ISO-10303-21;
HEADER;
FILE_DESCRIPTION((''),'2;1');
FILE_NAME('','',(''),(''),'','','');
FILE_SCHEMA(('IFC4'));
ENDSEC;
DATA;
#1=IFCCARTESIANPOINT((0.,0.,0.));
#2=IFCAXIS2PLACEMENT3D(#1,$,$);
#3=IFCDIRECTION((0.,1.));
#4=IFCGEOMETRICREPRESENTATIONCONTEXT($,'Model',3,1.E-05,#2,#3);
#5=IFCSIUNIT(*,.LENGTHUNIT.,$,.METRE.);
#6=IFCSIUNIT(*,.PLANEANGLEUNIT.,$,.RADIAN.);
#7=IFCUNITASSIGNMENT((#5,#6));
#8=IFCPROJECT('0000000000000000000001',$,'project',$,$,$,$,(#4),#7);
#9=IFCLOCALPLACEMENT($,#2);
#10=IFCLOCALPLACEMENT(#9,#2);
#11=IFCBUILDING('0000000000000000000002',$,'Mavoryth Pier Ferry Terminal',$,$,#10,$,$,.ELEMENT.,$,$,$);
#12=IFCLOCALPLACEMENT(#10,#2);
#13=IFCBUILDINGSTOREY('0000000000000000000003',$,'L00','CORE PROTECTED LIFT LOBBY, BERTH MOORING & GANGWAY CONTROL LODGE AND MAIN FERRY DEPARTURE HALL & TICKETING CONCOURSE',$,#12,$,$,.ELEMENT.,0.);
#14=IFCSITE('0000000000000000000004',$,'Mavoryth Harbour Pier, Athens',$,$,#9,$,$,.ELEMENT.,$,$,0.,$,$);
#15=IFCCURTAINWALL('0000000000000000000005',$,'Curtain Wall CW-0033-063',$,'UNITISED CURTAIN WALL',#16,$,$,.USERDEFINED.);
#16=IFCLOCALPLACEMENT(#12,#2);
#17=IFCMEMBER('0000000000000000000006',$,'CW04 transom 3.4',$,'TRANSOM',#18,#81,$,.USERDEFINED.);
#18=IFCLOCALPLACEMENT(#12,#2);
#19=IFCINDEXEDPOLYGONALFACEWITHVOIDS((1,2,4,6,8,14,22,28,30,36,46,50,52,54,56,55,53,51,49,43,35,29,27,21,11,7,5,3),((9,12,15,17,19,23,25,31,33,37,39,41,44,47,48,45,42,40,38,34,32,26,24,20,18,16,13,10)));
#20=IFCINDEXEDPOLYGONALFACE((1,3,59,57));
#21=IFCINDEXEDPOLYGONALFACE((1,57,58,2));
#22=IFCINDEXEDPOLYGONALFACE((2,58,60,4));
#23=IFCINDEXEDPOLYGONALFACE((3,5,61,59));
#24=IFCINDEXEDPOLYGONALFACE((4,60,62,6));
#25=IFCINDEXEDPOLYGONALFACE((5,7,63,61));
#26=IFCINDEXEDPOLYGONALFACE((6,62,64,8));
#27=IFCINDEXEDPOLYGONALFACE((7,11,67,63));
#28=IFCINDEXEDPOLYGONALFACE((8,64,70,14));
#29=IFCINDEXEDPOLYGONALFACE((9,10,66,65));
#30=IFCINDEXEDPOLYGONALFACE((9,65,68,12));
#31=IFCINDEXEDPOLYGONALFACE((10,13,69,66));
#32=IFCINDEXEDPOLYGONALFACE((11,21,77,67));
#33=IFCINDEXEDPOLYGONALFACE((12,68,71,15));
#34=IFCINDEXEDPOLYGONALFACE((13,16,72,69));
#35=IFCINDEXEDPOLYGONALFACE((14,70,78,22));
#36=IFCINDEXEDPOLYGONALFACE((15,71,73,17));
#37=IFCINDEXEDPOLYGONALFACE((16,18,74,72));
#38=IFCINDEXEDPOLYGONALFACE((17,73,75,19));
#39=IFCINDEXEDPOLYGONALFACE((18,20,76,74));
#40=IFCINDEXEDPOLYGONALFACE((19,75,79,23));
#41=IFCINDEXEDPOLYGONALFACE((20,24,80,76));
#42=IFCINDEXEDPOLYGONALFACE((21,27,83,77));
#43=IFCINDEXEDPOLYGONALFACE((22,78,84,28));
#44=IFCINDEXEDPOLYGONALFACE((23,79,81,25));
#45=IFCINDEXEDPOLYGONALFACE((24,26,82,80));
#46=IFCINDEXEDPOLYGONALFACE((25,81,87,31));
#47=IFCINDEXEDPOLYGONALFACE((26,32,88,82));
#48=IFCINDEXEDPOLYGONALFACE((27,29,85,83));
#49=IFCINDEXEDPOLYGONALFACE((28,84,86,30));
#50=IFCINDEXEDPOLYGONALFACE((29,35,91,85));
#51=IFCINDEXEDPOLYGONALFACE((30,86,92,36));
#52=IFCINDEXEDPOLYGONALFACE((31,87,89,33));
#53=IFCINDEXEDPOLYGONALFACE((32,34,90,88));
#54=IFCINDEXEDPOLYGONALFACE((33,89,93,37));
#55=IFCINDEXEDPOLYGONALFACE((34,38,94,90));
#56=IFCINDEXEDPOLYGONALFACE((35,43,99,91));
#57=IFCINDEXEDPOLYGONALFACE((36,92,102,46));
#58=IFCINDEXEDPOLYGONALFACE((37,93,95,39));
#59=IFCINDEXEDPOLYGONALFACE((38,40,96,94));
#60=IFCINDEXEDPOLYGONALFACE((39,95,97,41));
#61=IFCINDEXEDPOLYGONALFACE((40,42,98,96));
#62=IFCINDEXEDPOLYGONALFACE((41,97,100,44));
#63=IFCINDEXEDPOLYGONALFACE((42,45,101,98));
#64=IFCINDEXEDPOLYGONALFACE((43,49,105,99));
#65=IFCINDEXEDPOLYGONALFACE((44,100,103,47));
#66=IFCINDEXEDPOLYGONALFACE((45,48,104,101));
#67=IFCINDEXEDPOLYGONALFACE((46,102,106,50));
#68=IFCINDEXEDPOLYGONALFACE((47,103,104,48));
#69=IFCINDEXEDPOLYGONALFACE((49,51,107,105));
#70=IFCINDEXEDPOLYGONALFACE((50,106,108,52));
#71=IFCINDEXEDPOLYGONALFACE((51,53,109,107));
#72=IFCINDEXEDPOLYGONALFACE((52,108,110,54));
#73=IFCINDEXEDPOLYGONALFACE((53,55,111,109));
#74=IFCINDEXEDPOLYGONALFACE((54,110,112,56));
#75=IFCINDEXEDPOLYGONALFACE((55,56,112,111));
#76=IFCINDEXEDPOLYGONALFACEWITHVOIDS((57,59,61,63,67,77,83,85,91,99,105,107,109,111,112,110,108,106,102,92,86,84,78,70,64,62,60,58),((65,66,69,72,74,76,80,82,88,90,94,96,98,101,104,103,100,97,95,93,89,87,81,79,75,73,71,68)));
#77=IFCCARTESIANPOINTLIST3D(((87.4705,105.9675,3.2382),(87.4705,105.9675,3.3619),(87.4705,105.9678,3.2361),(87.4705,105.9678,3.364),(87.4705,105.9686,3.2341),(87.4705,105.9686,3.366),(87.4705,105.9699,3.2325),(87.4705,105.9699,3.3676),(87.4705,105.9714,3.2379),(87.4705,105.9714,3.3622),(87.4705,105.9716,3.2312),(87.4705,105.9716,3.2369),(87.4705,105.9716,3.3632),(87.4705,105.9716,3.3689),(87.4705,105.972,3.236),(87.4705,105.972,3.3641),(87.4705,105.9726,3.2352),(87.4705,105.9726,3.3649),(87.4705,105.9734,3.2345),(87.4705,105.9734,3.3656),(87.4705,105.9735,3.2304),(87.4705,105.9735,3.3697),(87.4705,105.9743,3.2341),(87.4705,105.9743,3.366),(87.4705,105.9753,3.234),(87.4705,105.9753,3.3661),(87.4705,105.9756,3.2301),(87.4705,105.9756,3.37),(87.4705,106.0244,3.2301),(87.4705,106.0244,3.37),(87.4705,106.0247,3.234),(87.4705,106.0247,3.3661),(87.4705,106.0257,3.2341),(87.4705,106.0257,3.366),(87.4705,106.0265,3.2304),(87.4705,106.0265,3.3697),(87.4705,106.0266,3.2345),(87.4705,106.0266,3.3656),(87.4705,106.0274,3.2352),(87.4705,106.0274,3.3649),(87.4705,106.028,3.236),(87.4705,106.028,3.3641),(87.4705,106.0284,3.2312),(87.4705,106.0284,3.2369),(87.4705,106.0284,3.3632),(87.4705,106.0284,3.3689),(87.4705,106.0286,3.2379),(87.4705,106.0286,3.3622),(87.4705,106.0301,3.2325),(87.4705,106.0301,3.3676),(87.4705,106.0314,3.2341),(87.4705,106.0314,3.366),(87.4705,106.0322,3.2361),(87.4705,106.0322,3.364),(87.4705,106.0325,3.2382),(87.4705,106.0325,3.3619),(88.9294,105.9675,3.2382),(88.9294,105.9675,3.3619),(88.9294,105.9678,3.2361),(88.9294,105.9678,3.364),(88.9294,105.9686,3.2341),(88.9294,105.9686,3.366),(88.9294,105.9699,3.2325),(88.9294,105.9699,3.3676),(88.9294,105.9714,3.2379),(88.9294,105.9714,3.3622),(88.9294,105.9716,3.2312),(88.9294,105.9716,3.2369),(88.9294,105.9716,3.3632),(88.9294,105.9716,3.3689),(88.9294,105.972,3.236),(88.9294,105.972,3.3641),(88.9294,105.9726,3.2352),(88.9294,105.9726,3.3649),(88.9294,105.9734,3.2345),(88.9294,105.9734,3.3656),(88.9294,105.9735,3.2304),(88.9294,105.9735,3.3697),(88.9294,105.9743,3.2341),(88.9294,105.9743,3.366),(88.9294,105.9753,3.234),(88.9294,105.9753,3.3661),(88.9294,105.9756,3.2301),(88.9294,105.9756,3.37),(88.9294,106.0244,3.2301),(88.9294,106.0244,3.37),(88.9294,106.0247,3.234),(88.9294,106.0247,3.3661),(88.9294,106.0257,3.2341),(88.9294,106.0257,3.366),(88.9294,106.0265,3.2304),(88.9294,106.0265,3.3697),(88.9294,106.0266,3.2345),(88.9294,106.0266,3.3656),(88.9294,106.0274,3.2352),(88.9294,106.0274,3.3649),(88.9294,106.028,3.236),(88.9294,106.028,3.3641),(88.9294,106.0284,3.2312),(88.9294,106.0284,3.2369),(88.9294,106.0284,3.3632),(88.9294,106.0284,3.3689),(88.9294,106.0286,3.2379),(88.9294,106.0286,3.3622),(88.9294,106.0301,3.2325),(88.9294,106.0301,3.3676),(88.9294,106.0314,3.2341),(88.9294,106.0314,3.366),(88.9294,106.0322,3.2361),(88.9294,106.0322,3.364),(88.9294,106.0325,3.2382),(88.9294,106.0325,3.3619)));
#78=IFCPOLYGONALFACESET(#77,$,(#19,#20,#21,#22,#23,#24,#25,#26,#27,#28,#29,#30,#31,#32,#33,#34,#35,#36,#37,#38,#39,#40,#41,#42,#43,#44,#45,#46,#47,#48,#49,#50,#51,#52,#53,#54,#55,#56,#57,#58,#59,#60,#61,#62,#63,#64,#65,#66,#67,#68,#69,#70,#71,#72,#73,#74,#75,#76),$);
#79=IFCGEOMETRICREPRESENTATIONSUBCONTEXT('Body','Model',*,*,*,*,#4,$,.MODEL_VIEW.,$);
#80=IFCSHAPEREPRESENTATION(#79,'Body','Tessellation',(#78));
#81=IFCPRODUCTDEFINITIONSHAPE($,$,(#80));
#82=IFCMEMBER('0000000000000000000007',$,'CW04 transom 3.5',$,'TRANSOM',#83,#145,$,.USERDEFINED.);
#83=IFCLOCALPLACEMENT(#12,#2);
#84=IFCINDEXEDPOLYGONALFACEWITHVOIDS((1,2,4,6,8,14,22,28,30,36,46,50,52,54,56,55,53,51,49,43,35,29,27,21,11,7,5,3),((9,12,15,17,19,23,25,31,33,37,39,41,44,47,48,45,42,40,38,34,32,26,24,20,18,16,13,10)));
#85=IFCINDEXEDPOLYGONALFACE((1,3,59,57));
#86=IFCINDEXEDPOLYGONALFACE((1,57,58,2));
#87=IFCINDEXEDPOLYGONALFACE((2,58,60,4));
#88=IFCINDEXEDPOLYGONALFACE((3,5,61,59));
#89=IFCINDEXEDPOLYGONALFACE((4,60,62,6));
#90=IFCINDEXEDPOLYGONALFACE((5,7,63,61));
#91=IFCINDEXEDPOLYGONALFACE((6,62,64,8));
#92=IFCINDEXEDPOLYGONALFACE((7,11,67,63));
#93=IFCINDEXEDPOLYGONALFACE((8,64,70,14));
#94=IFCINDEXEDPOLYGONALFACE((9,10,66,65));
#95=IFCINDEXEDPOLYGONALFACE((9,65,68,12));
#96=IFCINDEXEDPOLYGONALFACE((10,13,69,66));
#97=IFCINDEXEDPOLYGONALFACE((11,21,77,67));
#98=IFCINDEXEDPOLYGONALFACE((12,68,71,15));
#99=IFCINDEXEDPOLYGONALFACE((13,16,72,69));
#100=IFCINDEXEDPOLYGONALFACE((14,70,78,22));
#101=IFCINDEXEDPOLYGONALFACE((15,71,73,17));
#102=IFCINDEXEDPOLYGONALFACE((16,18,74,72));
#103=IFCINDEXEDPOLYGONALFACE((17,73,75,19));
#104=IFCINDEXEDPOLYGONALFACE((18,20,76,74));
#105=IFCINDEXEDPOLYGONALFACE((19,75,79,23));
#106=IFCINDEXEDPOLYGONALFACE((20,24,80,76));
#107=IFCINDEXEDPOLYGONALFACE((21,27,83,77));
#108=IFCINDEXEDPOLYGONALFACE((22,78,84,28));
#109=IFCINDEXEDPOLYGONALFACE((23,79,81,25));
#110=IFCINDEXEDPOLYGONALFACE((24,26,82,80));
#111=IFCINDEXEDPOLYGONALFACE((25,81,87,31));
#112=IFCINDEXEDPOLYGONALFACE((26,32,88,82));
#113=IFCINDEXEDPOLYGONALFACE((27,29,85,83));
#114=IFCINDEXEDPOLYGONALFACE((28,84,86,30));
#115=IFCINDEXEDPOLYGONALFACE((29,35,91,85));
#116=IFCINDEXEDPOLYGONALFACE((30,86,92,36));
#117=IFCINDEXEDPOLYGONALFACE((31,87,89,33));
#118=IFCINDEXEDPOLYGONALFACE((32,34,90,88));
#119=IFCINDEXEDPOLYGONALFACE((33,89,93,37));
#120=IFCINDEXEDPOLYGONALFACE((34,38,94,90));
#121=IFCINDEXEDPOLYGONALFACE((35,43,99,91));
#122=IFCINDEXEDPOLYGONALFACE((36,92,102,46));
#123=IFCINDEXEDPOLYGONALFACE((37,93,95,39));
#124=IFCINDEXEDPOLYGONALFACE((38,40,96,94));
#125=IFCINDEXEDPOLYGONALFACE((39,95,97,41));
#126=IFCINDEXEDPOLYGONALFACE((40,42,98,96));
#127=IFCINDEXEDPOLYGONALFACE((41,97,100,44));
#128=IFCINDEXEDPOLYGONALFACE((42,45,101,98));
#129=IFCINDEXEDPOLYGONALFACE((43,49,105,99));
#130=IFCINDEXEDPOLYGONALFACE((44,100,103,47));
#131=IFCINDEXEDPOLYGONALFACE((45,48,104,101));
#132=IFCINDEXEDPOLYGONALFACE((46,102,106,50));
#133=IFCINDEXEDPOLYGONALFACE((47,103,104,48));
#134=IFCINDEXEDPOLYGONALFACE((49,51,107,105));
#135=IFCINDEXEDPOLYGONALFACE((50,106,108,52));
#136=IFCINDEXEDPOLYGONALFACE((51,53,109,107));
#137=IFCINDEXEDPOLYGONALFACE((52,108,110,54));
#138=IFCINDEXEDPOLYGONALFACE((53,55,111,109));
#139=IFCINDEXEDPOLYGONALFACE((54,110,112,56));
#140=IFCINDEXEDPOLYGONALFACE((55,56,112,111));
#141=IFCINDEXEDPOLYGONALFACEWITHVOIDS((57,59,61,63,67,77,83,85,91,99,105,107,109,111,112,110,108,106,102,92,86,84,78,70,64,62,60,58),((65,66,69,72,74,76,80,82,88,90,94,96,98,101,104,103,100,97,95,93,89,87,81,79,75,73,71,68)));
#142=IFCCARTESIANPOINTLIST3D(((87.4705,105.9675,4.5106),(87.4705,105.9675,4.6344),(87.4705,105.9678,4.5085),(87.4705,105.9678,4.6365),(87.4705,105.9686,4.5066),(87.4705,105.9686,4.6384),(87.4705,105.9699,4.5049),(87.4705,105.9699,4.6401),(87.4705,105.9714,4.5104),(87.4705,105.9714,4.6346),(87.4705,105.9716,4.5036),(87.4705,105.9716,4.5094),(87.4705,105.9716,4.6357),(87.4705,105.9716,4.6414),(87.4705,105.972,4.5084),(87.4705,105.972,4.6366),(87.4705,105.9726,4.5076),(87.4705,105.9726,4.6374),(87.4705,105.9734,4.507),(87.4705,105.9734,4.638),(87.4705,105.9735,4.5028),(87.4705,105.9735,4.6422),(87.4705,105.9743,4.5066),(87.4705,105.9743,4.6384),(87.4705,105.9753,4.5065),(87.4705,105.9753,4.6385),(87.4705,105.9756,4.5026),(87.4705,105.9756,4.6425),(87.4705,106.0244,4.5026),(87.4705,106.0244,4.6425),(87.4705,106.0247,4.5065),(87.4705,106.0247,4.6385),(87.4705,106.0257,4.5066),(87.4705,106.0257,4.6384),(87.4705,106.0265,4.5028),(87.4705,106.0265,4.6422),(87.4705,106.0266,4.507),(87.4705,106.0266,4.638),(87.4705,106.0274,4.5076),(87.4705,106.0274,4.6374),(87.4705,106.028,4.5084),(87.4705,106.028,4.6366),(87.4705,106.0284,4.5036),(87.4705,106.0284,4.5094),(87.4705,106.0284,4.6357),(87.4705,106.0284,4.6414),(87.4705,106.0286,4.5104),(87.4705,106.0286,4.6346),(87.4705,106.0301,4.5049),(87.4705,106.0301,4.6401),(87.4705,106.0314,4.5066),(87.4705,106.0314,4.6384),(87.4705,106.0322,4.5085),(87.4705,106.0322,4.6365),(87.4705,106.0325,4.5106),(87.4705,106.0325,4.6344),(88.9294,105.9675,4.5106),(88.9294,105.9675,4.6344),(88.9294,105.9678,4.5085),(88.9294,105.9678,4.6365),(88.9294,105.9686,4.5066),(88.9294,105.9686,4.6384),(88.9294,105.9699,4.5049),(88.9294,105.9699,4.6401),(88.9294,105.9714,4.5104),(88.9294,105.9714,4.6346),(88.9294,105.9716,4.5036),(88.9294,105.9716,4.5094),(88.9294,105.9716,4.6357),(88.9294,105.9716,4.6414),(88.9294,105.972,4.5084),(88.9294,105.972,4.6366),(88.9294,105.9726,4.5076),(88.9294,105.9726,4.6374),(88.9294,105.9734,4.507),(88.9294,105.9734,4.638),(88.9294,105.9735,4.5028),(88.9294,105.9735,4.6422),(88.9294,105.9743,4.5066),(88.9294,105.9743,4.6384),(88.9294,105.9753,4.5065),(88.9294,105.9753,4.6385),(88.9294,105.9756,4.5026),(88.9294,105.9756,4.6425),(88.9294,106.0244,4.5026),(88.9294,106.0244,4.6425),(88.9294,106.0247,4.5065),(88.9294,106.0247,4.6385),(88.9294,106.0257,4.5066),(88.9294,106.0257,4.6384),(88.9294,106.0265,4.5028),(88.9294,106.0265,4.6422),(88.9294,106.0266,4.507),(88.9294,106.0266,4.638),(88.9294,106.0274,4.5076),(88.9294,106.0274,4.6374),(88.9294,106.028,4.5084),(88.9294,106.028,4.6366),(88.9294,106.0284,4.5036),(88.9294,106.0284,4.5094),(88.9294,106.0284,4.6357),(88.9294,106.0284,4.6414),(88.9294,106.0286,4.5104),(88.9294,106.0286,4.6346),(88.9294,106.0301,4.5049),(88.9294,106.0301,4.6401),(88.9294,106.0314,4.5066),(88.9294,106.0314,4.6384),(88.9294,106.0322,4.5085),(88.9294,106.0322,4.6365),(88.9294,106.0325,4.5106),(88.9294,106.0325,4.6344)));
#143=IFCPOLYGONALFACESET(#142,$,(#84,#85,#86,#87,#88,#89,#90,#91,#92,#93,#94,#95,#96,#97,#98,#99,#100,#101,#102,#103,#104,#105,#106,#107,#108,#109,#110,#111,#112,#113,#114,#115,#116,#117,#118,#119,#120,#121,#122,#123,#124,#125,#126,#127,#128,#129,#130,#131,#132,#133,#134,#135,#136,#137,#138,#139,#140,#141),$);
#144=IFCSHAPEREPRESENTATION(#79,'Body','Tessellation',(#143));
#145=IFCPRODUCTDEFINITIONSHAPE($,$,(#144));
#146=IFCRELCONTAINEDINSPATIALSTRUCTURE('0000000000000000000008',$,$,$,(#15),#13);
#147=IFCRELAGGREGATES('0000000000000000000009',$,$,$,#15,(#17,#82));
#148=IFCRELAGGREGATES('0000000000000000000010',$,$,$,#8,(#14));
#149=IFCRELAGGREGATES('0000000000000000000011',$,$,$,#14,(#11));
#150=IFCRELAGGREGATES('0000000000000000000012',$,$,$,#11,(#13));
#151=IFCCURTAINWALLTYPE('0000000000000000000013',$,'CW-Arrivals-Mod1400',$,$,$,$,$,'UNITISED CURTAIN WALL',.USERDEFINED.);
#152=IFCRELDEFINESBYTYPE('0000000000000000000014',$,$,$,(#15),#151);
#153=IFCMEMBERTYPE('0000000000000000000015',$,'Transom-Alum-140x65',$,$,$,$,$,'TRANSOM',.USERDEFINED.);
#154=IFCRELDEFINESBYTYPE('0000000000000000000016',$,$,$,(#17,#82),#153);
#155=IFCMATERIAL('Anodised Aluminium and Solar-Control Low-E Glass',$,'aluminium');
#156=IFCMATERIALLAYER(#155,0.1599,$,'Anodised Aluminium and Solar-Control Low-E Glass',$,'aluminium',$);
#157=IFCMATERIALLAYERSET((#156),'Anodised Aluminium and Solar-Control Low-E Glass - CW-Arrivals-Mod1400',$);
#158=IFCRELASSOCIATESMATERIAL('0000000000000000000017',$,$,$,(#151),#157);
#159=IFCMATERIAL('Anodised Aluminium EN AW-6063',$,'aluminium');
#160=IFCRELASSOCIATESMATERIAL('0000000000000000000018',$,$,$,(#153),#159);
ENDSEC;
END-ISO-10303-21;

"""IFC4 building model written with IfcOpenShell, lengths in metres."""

from ifc_helpers import new_model, si_unit, direction, frame, origin, origin_2d, place, context, subcontext, project, spatial, hollow_rectangle, extrude, material, layer, layer_set, material_profile, profile_set, type_object, element, aggregate, save


model = new_model("IFC4")

# Units and contexts
model_context = context("Model", 3, precision=1e-05, world=origin(), true_north=direction((0.0, 1.0)))
body_context = subcontext(model_context, "Body", "Model", "MODEL_VIEW")
ifc_project = project(units=[si_unit("LENGTHUNIT", "METRE"), si_unit("PLANEANGLEUNIT", "RADIAN")], contexts=[model_context])

# Site, building, storey
site_placement = place(None, origin())
site = spatial("IfcSite", under=ifc_project, at=site_placement, Name="Mavoryth Harbour Pier, Athens", CompositionType="ELEMENT", RefElevation=0.0)
building_placement = place(site_placement, origin())
building = spatial("IfcBuilding", under=site, at=building_placement, Name="Mavoryth Pier Ferry Terminal", CompositionType="ELEMENT")
storey_placement = place(building_placement, origin())
storey = spatial("IfcBuildingStorey", under=building, at=storey_placement, Name="L00", Description="CORE PROTECTED LIFT LOBBY, BERTH MOORING & GANGWAY CONTROL LODGE AND MAIN FERRY DEPARTURE HALL & TICKETING CONCOURSE", CompositionType="ELEMENT", Elevation=0.0)

# Curtain wall, members
ifc_material_1 = material(Name="Anodised Aluminium and Solar-Control Low-E Glass", Category="aluminium")
ifc_layer_1 = layer(ifc_material_1, 0.1599, Name="Anodised Aluminium and Solar-Control Low-E Glass", Category="aluminium")
ifc_layer_set_1 = layer_set([ifc_layer_1], Name="Anodised Aluminium and Solar-Control Low-E Glass - CW-Arrivals-Mod1400")
curtain_wall_type = type_object("IfcCurtainWallType", Name="CW-Arrivals-Mod1400", ElementType="UNITISED CURTAIN WALL", PredefinedType="USERDEFINED", material=ifc_layer_set_1)
curtain_wall_placement = place(storey_placement, origin())
curtain_wall = element("IfcCurtainWall", 1, at=curtain_wall_placement, inside=storey, type_object=curtain_wall_type, Name="Curtain Wall CW-0033-063", ObjectType="UNITISED CURTAIN WALL", PredefinedType="USERDEFINED")
ifc_material_2 = material(Name="Anodised Aluminium EN AW-6063", Category="aluminium")
ifc_material_profile_1 = material_profile(ifc_material_2, hollow_rectangle(XDim=0.0649, YDim=0.1399, WallThickness=0.0039, InnerFilletRadius=0.0039, OuterFilletRadius=0.0081, at=origin_2d()), Name="AL-TRAN 140x65x4", Category="aluminium")
ifc_profile_set_1 = profile_set([ifc_material_profile_1], Name="Anodised Aluminium EN AW-6063 - AL-TRAN 140x65x4")
member_type_1 = type_object("IfcMemberType", Name="Transom-Alum-140x65", ElementType="TRANSOM", PredefinedType="USERDEFINED", material=ifc_profile_set_1)
member_1_placement = place(storey_placement, frame((88.9294, 106.0, 3.3), z_axis=(-1.0, 0.0, 0.0), x_axis=(0.0, -1.0, 0.0)))
member_1 = element("IfcMember", 2, at=member_1_placement, type_object=member_type_1, Name="CW04 transom 3.4", ObjectType="TRANSOM", PredefinedType="USERDEFINED", context=body_context, shape_type="SweptSolid", body=[
    extrude(hollow_rectangle(XDim=0.0649, YDim=0.1399, WallThickness=0.0039, InnerFilletRadius=0.0039, OuterFilletRadius=0.0081, at=origin_2d()), origin(), (0.0, 0.0, 1.0), 1.459),
])
member_2_placement = place(storey_placement, frame((88.9294, 106.0, 4.5725), z_axis=(-1.0, 0.0, 0.0), x_axis=(0.0, -1.0, 0.0)))
member_2 = element("IfcMember", 3, at=member_2_placement, type_object=member_type_1, Name="CW04 transom 3.5", ObjectType="TRANSOM", PredefinedType="USERDEFINED", context=body_context, shape_type="SweptSolid", body=[
    extrude(hollow_rectangle(XDim=0.0649, YDim=0.1399, WallThickness=0.0039, InnerFilletRadius=0.0039, OuterFilletRadius=0.0081, at=origin_2d()), origin(), (0.0, 0.0, 1.0), 1.459),
])
aggregate(curtain_wall, [member_1, member_2])

save(model, "model.ifc")
